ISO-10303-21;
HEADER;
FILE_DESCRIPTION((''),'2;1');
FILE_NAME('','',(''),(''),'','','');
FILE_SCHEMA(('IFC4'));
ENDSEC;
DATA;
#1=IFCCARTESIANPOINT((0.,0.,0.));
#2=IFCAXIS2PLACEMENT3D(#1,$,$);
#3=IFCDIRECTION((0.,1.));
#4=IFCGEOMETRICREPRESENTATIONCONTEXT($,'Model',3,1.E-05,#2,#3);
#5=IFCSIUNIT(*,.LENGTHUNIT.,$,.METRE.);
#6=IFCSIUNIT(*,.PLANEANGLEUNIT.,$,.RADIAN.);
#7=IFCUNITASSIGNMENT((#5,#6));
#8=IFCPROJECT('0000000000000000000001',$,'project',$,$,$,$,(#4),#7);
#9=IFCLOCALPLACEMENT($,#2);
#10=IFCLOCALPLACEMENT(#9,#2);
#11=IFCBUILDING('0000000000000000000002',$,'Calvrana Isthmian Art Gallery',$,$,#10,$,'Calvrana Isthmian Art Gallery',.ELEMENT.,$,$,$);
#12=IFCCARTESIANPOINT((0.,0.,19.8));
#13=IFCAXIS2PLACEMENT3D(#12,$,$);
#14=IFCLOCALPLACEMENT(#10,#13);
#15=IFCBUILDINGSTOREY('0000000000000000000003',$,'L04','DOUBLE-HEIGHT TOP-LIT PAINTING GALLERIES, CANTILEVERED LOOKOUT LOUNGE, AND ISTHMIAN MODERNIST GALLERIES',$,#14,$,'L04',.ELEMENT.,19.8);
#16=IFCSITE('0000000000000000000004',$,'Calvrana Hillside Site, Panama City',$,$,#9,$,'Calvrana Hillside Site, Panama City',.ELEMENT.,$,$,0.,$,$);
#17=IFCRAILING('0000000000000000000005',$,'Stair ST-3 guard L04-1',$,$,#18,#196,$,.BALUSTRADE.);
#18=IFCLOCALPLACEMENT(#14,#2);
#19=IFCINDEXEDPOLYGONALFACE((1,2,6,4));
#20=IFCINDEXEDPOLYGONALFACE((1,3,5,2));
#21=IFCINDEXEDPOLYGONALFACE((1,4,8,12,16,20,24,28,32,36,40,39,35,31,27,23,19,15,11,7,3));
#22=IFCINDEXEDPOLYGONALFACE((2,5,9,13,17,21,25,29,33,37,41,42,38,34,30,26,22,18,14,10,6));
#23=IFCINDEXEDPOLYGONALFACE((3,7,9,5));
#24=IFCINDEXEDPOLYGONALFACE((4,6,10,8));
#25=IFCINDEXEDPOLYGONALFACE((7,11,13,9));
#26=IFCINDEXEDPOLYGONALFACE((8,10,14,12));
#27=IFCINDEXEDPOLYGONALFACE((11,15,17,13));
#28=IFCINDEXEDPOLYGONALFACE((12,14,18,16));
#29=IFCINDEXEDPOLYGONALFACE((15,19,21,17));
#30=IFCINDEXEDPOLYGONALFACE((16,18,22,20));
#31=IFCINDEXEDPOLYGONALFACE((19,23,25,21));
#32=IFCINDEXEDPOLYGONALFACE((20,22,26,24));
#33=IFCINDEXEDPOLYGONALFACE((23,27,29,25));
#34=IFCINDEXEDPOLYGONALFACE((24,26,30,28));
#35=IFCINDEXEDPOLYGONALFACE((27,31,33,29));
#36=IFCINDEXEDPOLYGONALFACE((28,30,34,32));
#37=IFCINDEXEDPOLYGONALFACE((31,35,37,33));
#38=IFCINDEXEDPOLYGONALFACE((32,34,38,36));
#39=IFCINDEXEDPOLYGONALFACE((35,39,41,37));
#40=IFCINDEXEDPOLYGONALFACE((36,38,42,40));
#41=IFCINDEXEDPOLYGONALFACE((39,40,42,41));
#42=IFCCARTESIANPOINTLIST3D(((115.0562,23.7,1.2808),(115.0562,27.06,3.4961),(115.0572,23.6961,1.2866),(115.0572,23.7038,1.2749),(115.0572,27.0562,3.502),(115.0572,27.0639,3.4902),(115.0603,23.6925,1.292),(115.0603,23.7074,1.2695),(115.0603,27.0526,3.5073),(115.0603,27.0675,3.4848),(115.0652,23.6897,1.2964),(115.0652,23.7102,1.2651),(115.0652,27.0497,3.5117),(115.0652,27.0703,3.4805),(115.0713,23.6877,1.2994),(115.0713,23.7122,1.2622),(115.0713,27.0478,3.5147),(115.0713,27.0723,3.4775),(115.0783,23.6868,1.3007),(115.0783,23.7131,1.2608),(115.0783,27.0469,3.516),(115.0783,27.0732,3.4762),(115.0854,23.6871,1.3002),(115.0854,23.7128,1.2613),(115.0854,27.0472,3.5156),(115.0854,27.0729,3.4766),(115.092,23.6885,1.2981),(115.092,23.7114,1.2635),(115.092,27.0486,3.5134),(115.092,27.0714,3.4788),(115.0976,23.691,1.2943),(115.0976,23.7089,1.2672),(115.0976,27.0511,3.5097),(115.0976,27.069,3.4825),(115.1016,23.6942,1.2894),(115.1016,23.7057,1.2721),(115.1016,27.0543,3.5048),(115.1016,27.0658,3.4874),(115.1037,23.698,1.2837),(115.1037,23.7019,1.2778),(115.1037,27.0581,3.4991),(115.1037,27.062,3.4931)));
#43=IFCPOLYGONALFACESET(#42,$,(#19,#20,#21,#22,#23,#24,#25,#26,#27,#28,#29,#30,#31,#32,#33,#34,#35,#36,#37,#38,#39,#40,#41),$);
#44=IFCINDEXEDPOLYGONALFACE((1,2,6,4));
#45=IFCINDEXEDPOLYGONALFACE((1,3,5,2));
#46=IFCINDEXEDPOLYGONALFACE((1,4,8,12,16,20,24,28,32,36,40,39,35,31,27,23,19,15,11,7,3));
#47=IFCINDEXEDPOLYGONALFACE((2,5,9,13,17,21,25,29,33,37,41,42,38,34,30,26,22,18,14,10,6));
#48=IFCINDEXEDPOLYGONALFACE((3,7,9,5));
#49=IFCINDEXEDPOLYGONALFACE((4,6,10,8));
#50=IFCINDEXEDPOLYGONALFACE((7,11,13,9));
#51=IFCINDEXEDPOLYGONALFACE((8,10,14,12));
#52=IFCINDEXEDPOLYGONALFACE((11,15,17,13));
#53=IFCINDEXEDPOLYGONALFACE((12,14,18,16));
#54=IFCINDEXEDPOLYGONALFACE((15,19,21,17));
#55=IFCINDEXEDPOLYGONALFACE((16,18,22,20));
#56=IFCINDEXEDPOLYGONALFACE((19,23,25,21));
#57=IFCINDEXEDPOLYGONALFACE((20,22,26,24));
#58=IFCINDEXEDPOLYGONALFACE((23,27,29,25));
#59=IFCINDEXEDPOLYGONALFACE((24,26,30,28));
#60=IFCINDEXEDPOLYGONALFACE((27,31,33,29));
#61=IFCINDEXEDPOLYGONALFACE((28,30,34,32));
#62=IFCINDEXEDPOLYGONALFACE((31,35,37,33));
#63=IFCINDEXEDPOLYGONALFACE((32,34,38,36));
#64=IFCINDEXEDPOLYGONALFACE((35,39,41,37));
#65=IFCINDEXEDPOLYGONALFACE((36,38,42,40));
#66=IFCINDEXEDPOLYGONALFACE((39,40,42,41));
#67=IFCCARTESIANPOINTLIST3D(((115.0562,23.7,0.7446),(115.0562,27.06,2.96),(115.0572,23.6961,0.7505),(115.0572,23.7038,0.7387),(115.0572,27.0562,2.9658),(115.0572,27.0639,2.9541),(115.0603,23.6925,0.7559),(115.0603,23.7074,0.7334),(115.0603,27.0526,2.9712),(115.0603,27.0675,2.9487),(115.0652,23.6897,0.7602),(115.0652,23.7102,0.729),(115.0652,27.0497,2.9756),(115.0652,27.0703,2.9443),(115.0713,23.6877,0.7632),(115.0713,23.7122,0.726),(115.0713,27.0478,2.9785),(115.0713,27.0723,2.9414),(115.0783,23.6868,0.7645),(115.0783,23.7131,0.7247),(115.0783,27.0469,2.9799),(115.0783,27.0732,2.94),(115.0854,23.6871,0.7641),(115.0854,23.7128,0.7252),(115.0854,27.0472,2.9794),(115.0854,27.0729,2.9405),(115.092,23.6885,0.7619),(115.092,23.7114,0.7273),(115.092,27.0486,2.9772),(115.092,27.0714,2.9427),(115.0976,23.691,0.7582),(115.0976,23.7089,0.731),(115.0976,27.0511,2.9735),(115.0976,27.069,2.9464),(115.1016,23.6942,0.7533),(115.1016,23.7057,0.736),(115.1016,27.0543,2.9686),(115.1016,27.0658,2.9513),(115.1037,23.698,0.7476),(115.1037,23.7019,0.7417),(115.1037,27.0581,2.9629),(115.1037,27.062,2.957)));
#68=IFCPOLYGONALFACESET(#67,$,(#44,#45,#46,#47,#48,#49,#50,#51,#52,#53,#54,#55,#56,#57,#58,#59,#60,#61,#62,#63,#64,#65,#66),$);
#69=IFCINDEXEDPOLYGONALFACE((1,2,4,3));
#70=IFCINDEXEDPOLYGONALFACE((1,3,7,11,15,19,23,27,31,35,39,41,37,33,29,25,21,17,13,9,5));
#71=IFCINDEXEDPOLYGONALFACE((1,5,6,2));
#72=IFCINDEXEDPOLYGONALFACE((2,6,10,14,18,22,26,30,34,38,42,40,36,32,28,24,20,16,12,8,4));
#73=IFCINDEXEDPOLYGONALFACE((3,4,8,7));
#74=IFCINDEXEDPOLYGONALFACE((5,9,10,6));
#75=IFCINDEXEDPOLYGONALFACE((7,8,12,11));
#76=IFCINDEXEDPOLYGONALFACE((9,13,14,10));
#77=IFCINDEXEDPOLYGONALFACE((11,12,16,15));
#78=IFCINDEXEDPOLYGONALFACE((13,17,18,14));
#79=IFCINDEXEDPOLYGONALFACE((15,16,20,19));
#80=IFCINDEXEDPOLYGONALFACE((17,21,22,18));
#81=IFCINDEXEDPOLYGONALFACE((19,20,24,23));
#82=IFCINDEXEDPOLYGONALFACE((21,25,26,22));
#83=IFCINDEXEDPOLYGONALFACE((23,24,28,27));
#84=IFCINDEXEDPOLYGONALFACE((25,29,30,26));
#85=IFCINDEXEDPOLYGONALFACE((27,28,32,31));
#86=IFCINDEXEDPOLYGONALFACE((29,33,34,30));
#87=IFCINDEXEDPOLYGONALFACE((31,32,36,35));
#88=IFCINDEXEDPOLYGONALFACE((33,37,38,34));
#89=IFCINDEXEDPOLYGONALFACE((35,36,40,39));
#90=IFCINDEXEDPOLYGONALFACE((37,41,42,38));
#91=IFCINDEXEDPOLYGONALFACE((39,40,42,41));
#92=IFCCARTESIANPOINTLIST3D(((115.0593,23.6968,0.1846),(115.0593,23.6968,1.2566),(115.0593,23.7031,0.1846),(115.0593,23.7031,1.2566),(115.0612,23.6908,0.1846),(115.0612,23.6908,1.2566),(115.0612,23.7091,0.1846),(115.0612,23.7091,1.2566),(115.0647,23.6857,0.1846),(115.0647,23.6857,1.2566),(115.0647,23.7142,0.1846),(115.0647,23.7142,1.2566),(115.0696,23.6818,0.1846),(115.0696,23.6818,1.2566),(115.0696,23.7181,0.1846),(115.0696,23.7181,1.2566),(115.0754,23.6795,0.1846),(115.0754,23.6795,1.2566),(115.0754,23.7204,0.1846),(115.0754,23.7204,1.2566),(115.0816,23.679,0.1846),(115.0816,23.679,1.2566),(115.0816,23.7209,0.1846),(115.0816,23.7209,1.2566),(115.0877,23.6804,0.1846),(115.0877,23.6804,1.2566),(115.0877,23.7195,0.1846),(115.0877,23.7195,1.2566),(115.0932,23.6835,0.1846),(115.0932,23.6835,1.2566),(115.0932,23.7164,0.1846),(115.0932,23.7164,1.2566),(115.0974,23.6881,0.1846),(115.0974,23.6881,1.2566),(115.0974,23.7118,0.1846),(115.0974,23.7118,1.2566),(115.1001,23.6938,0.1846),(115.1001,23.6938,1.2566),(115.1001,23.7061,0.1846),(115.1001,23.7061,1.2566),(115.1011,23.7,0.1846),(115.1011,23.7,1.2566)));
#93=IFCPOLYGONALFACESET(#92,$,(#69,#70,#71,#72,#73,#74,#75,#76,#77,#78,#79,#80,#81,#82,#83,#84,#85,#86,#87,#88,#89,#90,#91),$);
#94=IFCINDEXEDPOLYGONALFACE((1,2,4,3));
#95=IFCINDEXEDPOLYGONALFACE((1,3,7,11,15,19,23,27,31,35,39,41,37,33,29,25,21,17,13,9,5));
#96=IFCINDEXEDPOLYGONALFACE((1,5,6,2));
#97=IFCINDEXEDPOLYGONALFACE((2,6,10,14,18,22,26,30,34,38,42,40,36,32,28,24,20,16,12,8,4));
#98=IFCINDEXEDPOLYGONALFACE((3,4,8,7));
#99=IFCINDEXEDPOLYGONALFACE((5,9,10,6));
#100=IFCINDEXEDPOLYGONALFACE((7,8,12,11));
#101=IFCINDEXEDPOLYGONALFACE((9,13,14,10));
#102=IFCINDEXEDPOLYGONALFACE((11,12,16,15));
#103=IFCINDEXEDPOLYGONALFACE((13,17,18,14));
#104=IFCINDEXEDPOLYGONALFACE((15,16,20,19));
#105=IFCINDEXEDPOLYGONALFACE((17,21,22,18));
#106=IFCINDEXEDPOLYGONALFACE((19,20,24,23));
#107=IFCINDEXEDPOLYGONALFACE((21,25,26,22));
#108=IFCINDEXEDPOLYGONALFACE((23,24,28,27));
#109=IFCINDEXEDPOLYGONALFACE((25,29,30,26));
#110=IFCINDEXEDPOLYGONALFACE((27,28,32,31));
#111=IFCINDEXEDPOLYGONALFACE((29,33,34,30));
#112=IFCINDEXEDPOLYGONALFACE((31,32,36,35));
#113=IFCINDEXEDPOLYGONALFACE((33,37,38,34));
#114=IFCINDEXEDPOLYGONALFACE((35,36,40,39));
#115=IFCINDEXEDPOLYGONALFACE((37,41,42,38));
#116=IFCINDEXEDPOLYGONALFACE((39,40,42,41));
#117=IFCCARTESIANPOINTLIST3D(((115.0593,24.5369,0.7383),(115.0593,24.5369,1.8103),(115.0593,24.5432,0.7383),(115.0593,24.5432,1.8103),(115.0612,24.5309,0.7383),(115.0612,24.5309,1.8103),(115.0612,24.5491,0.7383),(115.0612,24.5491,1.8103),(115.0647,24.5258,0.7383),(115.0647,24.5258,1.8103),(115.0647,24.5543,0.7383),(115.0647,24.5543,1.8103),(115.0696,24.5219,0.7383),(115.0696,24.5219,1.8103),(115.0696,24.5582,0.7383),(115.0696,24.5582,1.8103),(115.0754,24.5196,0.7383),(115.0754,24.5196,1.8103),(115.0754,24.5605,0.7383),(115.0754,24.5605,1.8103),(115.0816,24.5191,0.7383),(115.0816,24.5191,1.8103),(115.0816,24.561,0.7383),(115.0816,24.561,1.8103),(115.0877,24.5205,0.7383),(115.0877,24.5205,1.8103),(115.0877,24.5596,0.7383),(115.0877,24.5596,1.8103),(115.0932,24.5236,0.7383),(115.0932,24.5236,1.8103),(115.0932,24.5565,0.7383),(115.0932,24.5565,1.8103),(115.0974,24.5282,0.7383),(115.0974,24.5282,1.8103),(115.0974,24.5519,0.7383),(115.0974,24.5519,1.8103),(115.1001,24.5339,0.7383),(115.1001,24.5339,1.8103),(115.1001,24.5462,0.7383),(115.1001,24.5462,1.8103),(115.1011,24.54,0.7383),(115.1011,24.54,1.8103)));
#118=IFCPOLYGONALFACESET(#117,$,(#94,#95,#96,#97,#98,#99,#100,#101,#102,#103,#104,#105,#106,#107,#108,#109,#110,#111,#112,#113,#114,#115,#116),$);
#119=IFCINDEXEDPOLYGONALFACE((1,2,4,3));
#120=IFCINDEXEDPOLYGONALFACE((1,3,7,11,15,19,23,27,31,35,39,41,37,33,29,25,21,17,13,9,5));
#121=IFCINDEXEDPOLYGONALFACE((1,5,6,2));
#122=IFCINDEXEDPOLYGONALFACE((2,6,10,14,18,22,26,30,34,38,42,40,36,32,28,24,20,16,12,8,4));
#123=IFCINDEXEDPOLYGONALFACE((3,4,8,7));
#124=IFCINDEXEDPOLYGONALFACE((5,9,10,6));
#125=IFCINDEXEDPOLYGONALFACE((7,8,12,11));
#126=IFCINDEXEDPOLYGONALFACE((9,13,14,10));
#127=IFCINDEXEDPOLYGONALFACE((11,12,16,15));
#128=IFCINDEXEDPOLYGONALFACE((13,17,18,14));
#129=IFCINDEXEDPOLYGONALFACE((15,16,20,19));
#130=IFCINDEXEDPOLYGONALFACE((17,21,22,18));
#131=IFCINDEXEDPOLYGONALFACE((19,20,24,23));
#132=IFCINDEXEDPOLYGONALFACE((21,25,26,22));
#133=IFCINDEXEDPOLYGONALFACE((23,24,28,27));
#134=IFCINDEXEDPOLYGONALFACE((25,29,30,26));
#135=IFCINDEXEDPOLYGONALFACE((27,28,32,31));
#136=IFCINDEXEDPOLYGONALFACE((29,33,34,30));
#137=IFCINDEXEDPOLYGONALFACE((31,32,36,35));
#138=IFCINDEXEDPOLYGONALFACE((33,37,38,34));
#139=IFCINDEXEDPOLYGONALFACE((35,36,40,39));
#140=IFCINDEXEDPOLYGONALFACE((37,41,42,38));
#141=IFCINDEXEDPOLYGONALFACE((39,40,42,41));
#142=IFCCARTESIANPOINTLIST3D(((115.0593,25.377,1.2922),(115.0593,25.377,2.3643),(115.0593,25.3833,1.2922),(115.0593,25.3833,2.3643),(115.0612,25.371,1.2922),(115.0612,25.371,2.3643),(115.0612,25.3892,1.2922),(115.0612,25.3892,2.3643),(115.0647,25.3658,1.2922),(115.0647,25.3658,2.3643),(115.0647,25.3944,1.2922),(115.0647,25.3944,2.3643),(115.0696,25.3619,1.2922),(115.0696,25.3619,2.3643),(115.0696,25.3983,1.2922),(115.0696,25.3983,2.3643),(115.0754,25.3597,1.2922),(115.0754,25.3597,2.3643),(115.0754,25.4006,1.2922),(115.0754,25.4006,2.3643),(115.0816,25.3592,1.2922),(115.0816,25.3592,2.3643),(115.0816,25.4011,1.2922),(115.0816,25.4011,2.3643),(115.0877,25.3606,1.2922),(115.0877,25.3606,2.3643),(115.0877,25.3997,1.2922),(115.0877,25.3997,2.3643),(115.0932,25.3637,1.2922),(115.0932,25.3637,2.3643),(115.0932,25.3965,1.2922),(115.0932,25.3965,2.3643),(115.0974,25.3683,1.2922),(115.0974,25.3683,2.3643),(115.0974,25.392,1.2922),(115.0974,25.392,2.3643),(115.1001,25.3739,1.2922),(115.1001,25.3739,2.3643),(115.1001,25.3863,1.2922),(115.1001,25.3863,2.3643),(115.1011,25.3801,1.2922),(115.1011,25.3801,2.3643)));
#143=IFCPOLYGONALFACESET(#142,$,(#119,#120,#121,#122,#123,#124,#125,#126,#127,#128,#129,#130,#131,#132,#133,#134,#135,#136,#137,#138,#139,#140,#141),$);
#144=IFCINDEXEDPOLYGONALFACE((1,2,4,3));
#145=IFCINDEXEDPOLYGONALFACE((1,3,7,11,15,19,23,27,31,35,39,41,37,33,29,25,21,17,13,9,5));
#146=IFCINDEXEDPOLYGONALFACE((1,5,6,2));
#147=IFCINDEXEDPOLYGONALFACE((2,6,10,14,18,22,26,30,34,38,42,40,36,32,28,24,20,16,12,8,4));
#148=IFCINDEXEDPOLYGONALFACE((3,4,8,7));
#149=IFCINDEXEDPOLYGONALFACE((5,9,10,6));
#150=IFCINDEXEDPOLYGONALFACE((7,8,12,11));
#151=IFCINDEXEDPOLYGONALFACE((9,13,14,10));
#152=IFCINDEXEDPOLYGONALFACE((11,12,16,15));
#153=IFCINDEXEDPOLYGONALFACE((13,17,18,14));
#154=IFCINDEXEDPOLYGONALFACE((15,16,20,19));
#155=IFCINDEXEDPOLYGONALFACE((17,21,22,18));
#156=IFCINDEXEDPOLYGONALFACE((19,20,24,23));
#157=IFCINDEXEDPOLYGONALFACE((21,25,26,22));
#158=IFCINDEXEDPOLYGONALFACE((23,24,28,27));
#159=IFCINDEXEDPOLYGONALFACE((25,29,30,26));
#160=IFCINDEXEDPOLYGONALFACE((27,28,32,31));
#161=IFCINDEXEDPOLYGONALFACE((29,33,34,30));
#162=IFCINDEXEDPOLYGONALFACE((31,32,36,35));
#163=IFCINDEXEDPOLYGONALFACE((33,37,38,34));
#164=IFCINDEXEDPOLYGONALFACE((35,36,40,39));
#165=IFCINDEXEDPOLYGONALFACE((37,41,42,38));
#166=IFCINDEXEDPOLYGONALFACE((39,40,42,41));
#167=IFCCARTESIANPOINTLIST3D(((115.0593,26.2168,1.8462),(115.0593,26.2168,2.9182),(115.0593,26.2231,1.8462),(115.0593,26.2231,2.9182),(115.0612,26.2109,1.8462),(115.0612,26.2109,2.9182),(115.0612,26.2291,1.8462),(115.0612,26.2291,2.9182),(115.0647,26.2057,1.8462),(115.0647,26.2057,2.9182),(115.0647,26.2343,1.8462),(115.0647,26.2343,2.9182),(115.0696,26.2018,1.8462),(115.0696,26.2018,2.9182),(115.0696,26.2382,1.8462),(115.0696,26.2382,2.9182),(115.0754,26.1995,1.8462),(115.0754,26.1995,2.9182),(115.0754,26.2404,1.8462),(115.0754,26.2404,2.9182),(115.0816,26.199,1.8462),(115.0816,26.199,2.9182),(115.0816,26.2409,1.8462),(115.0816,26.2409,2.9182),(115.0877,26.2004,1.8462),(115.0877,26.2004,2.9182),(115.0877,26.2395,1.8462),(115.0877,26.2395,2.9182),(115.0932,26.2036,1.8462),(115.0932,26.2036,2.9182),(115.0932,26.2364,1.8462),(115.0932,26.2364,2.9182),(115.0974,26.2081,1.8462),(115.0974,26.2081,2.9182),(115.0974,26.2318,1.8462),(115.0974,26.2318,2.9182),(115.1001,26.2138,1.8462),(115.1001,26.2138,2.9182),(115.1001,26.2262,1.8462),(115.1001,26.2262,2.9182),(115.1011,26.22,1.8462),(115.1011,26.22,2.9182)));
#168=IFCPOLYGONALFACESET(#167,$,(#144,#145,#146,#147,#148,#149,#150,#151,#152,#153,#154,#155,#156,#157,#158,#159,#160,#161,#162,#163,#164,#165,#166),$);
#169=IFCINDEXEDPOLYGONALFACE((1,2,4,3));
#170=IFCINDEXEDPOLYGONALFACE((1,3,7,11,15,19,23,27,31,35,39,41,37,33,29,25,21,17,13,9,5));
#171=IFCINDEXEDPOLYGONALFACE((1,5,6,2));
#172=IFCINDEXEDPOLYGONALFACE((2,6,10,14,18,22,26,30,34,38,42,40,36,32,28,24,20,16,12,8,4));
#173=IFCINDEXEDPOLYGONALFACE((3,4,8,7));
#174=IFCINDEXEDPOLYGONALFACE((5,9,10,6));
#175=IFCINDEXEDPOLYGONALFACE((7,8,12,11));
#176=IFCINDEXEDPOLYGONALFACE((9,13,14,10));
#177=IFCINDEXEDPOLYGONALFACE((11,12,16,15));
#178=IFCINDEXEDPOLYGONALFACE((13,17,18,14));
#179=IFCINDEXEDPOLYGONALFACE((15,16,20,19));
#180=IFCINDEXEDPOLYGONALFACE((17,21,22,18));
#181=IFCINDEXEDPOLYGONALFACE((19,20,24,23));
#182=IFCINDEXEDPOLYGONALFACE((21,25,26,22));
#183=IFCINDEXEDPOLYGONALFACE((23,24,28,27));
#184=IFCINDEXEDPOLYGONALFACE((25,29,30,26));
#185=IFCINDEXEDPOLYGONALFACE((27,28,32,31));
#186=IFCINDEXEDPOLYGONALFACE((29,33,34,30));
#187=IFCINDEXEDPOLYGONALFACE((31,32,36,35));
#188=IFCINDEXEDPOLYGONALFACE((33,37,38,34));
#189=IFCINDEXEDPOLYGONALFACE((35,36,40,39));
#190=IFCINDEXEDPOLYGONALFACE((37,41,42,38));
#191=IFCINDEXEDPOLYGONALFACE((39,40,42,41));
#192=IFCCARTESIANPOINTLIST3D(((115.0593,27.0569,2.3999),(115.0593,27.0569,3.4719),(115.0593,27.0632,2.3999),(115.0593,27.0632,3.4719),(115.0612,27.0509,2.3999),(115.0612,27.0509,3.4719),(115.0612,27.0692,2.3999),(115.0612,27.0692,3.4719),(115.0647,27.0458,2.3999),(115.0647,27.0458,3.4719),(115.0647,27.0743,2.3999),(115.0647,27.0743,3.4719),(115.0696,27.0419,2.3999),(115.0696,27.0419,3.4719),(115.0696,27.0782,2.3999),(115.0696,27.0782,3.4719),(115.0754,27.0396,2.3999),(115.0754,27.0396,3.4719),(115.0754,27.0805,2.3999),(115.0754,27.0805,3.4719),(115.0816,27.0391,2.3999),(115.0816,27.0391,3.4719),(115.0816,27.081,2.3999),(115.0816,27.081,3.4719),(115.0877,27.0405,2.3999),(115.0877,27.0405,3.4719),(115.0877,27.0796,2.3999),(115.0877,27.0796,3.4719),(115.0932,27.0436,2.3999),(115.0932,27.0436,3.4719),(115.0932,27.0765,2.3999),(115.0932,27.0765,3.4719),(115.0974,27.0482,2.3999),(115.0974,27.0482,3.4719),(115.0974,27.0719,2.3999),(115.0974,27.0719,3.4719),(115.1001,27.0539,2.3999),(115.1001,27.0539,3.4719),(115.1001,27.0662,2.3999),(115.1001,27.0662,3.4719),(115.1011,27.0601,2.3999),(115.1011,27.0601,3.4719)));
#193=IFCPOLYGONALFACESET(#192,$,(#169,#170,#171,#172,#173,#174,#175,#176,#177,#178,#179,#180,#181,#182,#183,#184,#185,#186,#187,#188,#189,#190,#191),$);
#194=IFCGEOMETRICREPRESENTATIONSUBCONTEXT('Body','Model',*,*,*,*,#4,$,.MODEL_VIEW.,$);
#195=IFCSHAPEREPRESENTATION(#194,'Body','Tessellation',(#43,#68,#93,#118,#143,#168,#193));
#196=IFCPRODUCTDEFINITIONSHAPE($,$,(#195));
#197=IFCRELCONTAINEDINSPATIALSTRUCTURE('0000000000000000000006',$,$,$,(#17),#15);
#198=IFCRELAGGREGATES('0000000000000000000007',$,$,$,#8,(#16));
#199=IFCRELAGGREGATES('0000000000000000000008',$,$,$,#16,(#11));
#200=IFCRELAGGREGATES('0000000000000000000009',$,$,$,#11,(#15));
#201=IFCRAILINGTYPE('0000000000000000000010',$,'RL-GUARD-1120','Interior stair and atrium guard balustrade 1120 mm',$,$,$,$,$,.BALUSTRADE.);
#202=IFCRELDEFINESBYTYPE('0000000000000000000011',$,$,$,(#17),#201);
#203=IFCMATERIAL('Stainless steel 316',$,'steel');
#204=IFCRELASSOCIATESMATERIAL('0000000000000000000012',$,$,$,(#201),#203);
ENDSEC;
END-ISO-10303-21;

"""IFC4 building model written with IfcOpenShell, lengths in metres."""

from ifc_helpers import new_model, si_unit, direction, frame, origin, origin_2d, place, context, subcontext, project, spatial, circle, extrude, material, type_object, element, save


model = new_model("IFC4")

# Units and contexts
model_context = context("Model", 3, precision=1e-05, world=origin(), true_north=direction((0.0, 1.0)))
body_context = subcontext(model_context, "Body", "Model", "MODEL_VIEW")
ifc_project = project(units=[si_unit("LENGTHUNIT", "METRE"), si_unit("PLANEANGLEUNIT", "RADIAN")], contexts=[model_context])

# Site, building, storey
site_placement = place(None, origin())
site = spatial("IfcSite", under=ifc_project, at=site_placement, Name="Calvrana Hillside Site, Panama City", LongName="Calvrana Hillside Site, Panama City", CompositionType="ELEMENT", RefElevation=0.0)
building_placement = place(site_placement, origin())
building = spatial("IfcBuilding", under=site, at=building_placement, Name="Calvrana Isthmian Art Gallery", LongName="Calvrana Isthmian Art Gallery", CompositionType="ELEMENT")
storey_placement = place(building_placement, frame((0.0, 0.0, 19.8)))
storey = spatial("IfcBuildingStorey", under=building, at=storey_placement, Name="L04", Description="DOUBLE-HEIGHT TOP-LIT PAINTING GALLERIES, CANTILEVERED LOOKOUT LOUNGE, AND ISTHMIAN MODERNIST GALLERIES", LongName="L04", CompositionType="ELEMENT", Elevation=19.8)

# Shared definitions
ifc_material_1 = material(Name="Stainless steel 316", Category="steel")

# Railing
railing_type_1 = type_object("IfcRailingType", Name="RL-GUARD-1120", Description="Interior stair and atrium guard balustrade 1120 mm", PredefinedType="BALUSTRADE", material=ifc_material_1)
railing_1_placement = place(storey_placement, frame((115.0801, 23.7, 0.1846)))
element("IfcRailing", 1, at=railing_1_placement, inside=storey, type_object=railing_type_1, Name="Stair ST-3 guard L04-1", PredefinedType="BALUSTRADE", context=body_context, shape_type="SweptSolid", body=[
    extrude(circle(Radius=0.0239, at=origin_2d()), frame((0.0, 0.0, 1.0962), z_axis=(0.0, 0.834876, 0.550437), x_axis=(-1.0, 0.0, 0.0)), (0.0, 0.0, 1.0), 4.0247),
    extrude(circle(Radius=0.0239, at=origin_2d()), frame((0.0, 0.0, 0.5601), z_axis=(0.0, 0.834876, 0.550437), x_axis=(-1.0, 0.0, 0.0)), (0.0, 0.0, 1.0), 4.0247),
    extrude(circle(Radius=0.021, at=origin_2d()), origin(), (0.0, 0.0, 1.0), 1.072),
    extrude(circle(Radius=0.021, at=origin_2d()), frame((0.0, 0.8401, 0.5537)), (0.0, 0.0, 1.0), 1.072),
    extrude(circle(Radius=0.021, at=origin_2d()), frame((0.0, 1.6802, 1.1077)), (0.0, 0.0, 1.0), 1.072),
    extrude(circle(Radius=0.021, at=origin_2d()), frame((0.0, 2.52, 1.6616)), (0.0, 0.0, 1.0), 1.072),
    extrude(circle(Radius=0.021, at=origin_2d()), frame((0.0, 3.3601, 2.2153)), (0.0, 0.0, 1.0), 1.072),
])

save(model, "model.ifc")
